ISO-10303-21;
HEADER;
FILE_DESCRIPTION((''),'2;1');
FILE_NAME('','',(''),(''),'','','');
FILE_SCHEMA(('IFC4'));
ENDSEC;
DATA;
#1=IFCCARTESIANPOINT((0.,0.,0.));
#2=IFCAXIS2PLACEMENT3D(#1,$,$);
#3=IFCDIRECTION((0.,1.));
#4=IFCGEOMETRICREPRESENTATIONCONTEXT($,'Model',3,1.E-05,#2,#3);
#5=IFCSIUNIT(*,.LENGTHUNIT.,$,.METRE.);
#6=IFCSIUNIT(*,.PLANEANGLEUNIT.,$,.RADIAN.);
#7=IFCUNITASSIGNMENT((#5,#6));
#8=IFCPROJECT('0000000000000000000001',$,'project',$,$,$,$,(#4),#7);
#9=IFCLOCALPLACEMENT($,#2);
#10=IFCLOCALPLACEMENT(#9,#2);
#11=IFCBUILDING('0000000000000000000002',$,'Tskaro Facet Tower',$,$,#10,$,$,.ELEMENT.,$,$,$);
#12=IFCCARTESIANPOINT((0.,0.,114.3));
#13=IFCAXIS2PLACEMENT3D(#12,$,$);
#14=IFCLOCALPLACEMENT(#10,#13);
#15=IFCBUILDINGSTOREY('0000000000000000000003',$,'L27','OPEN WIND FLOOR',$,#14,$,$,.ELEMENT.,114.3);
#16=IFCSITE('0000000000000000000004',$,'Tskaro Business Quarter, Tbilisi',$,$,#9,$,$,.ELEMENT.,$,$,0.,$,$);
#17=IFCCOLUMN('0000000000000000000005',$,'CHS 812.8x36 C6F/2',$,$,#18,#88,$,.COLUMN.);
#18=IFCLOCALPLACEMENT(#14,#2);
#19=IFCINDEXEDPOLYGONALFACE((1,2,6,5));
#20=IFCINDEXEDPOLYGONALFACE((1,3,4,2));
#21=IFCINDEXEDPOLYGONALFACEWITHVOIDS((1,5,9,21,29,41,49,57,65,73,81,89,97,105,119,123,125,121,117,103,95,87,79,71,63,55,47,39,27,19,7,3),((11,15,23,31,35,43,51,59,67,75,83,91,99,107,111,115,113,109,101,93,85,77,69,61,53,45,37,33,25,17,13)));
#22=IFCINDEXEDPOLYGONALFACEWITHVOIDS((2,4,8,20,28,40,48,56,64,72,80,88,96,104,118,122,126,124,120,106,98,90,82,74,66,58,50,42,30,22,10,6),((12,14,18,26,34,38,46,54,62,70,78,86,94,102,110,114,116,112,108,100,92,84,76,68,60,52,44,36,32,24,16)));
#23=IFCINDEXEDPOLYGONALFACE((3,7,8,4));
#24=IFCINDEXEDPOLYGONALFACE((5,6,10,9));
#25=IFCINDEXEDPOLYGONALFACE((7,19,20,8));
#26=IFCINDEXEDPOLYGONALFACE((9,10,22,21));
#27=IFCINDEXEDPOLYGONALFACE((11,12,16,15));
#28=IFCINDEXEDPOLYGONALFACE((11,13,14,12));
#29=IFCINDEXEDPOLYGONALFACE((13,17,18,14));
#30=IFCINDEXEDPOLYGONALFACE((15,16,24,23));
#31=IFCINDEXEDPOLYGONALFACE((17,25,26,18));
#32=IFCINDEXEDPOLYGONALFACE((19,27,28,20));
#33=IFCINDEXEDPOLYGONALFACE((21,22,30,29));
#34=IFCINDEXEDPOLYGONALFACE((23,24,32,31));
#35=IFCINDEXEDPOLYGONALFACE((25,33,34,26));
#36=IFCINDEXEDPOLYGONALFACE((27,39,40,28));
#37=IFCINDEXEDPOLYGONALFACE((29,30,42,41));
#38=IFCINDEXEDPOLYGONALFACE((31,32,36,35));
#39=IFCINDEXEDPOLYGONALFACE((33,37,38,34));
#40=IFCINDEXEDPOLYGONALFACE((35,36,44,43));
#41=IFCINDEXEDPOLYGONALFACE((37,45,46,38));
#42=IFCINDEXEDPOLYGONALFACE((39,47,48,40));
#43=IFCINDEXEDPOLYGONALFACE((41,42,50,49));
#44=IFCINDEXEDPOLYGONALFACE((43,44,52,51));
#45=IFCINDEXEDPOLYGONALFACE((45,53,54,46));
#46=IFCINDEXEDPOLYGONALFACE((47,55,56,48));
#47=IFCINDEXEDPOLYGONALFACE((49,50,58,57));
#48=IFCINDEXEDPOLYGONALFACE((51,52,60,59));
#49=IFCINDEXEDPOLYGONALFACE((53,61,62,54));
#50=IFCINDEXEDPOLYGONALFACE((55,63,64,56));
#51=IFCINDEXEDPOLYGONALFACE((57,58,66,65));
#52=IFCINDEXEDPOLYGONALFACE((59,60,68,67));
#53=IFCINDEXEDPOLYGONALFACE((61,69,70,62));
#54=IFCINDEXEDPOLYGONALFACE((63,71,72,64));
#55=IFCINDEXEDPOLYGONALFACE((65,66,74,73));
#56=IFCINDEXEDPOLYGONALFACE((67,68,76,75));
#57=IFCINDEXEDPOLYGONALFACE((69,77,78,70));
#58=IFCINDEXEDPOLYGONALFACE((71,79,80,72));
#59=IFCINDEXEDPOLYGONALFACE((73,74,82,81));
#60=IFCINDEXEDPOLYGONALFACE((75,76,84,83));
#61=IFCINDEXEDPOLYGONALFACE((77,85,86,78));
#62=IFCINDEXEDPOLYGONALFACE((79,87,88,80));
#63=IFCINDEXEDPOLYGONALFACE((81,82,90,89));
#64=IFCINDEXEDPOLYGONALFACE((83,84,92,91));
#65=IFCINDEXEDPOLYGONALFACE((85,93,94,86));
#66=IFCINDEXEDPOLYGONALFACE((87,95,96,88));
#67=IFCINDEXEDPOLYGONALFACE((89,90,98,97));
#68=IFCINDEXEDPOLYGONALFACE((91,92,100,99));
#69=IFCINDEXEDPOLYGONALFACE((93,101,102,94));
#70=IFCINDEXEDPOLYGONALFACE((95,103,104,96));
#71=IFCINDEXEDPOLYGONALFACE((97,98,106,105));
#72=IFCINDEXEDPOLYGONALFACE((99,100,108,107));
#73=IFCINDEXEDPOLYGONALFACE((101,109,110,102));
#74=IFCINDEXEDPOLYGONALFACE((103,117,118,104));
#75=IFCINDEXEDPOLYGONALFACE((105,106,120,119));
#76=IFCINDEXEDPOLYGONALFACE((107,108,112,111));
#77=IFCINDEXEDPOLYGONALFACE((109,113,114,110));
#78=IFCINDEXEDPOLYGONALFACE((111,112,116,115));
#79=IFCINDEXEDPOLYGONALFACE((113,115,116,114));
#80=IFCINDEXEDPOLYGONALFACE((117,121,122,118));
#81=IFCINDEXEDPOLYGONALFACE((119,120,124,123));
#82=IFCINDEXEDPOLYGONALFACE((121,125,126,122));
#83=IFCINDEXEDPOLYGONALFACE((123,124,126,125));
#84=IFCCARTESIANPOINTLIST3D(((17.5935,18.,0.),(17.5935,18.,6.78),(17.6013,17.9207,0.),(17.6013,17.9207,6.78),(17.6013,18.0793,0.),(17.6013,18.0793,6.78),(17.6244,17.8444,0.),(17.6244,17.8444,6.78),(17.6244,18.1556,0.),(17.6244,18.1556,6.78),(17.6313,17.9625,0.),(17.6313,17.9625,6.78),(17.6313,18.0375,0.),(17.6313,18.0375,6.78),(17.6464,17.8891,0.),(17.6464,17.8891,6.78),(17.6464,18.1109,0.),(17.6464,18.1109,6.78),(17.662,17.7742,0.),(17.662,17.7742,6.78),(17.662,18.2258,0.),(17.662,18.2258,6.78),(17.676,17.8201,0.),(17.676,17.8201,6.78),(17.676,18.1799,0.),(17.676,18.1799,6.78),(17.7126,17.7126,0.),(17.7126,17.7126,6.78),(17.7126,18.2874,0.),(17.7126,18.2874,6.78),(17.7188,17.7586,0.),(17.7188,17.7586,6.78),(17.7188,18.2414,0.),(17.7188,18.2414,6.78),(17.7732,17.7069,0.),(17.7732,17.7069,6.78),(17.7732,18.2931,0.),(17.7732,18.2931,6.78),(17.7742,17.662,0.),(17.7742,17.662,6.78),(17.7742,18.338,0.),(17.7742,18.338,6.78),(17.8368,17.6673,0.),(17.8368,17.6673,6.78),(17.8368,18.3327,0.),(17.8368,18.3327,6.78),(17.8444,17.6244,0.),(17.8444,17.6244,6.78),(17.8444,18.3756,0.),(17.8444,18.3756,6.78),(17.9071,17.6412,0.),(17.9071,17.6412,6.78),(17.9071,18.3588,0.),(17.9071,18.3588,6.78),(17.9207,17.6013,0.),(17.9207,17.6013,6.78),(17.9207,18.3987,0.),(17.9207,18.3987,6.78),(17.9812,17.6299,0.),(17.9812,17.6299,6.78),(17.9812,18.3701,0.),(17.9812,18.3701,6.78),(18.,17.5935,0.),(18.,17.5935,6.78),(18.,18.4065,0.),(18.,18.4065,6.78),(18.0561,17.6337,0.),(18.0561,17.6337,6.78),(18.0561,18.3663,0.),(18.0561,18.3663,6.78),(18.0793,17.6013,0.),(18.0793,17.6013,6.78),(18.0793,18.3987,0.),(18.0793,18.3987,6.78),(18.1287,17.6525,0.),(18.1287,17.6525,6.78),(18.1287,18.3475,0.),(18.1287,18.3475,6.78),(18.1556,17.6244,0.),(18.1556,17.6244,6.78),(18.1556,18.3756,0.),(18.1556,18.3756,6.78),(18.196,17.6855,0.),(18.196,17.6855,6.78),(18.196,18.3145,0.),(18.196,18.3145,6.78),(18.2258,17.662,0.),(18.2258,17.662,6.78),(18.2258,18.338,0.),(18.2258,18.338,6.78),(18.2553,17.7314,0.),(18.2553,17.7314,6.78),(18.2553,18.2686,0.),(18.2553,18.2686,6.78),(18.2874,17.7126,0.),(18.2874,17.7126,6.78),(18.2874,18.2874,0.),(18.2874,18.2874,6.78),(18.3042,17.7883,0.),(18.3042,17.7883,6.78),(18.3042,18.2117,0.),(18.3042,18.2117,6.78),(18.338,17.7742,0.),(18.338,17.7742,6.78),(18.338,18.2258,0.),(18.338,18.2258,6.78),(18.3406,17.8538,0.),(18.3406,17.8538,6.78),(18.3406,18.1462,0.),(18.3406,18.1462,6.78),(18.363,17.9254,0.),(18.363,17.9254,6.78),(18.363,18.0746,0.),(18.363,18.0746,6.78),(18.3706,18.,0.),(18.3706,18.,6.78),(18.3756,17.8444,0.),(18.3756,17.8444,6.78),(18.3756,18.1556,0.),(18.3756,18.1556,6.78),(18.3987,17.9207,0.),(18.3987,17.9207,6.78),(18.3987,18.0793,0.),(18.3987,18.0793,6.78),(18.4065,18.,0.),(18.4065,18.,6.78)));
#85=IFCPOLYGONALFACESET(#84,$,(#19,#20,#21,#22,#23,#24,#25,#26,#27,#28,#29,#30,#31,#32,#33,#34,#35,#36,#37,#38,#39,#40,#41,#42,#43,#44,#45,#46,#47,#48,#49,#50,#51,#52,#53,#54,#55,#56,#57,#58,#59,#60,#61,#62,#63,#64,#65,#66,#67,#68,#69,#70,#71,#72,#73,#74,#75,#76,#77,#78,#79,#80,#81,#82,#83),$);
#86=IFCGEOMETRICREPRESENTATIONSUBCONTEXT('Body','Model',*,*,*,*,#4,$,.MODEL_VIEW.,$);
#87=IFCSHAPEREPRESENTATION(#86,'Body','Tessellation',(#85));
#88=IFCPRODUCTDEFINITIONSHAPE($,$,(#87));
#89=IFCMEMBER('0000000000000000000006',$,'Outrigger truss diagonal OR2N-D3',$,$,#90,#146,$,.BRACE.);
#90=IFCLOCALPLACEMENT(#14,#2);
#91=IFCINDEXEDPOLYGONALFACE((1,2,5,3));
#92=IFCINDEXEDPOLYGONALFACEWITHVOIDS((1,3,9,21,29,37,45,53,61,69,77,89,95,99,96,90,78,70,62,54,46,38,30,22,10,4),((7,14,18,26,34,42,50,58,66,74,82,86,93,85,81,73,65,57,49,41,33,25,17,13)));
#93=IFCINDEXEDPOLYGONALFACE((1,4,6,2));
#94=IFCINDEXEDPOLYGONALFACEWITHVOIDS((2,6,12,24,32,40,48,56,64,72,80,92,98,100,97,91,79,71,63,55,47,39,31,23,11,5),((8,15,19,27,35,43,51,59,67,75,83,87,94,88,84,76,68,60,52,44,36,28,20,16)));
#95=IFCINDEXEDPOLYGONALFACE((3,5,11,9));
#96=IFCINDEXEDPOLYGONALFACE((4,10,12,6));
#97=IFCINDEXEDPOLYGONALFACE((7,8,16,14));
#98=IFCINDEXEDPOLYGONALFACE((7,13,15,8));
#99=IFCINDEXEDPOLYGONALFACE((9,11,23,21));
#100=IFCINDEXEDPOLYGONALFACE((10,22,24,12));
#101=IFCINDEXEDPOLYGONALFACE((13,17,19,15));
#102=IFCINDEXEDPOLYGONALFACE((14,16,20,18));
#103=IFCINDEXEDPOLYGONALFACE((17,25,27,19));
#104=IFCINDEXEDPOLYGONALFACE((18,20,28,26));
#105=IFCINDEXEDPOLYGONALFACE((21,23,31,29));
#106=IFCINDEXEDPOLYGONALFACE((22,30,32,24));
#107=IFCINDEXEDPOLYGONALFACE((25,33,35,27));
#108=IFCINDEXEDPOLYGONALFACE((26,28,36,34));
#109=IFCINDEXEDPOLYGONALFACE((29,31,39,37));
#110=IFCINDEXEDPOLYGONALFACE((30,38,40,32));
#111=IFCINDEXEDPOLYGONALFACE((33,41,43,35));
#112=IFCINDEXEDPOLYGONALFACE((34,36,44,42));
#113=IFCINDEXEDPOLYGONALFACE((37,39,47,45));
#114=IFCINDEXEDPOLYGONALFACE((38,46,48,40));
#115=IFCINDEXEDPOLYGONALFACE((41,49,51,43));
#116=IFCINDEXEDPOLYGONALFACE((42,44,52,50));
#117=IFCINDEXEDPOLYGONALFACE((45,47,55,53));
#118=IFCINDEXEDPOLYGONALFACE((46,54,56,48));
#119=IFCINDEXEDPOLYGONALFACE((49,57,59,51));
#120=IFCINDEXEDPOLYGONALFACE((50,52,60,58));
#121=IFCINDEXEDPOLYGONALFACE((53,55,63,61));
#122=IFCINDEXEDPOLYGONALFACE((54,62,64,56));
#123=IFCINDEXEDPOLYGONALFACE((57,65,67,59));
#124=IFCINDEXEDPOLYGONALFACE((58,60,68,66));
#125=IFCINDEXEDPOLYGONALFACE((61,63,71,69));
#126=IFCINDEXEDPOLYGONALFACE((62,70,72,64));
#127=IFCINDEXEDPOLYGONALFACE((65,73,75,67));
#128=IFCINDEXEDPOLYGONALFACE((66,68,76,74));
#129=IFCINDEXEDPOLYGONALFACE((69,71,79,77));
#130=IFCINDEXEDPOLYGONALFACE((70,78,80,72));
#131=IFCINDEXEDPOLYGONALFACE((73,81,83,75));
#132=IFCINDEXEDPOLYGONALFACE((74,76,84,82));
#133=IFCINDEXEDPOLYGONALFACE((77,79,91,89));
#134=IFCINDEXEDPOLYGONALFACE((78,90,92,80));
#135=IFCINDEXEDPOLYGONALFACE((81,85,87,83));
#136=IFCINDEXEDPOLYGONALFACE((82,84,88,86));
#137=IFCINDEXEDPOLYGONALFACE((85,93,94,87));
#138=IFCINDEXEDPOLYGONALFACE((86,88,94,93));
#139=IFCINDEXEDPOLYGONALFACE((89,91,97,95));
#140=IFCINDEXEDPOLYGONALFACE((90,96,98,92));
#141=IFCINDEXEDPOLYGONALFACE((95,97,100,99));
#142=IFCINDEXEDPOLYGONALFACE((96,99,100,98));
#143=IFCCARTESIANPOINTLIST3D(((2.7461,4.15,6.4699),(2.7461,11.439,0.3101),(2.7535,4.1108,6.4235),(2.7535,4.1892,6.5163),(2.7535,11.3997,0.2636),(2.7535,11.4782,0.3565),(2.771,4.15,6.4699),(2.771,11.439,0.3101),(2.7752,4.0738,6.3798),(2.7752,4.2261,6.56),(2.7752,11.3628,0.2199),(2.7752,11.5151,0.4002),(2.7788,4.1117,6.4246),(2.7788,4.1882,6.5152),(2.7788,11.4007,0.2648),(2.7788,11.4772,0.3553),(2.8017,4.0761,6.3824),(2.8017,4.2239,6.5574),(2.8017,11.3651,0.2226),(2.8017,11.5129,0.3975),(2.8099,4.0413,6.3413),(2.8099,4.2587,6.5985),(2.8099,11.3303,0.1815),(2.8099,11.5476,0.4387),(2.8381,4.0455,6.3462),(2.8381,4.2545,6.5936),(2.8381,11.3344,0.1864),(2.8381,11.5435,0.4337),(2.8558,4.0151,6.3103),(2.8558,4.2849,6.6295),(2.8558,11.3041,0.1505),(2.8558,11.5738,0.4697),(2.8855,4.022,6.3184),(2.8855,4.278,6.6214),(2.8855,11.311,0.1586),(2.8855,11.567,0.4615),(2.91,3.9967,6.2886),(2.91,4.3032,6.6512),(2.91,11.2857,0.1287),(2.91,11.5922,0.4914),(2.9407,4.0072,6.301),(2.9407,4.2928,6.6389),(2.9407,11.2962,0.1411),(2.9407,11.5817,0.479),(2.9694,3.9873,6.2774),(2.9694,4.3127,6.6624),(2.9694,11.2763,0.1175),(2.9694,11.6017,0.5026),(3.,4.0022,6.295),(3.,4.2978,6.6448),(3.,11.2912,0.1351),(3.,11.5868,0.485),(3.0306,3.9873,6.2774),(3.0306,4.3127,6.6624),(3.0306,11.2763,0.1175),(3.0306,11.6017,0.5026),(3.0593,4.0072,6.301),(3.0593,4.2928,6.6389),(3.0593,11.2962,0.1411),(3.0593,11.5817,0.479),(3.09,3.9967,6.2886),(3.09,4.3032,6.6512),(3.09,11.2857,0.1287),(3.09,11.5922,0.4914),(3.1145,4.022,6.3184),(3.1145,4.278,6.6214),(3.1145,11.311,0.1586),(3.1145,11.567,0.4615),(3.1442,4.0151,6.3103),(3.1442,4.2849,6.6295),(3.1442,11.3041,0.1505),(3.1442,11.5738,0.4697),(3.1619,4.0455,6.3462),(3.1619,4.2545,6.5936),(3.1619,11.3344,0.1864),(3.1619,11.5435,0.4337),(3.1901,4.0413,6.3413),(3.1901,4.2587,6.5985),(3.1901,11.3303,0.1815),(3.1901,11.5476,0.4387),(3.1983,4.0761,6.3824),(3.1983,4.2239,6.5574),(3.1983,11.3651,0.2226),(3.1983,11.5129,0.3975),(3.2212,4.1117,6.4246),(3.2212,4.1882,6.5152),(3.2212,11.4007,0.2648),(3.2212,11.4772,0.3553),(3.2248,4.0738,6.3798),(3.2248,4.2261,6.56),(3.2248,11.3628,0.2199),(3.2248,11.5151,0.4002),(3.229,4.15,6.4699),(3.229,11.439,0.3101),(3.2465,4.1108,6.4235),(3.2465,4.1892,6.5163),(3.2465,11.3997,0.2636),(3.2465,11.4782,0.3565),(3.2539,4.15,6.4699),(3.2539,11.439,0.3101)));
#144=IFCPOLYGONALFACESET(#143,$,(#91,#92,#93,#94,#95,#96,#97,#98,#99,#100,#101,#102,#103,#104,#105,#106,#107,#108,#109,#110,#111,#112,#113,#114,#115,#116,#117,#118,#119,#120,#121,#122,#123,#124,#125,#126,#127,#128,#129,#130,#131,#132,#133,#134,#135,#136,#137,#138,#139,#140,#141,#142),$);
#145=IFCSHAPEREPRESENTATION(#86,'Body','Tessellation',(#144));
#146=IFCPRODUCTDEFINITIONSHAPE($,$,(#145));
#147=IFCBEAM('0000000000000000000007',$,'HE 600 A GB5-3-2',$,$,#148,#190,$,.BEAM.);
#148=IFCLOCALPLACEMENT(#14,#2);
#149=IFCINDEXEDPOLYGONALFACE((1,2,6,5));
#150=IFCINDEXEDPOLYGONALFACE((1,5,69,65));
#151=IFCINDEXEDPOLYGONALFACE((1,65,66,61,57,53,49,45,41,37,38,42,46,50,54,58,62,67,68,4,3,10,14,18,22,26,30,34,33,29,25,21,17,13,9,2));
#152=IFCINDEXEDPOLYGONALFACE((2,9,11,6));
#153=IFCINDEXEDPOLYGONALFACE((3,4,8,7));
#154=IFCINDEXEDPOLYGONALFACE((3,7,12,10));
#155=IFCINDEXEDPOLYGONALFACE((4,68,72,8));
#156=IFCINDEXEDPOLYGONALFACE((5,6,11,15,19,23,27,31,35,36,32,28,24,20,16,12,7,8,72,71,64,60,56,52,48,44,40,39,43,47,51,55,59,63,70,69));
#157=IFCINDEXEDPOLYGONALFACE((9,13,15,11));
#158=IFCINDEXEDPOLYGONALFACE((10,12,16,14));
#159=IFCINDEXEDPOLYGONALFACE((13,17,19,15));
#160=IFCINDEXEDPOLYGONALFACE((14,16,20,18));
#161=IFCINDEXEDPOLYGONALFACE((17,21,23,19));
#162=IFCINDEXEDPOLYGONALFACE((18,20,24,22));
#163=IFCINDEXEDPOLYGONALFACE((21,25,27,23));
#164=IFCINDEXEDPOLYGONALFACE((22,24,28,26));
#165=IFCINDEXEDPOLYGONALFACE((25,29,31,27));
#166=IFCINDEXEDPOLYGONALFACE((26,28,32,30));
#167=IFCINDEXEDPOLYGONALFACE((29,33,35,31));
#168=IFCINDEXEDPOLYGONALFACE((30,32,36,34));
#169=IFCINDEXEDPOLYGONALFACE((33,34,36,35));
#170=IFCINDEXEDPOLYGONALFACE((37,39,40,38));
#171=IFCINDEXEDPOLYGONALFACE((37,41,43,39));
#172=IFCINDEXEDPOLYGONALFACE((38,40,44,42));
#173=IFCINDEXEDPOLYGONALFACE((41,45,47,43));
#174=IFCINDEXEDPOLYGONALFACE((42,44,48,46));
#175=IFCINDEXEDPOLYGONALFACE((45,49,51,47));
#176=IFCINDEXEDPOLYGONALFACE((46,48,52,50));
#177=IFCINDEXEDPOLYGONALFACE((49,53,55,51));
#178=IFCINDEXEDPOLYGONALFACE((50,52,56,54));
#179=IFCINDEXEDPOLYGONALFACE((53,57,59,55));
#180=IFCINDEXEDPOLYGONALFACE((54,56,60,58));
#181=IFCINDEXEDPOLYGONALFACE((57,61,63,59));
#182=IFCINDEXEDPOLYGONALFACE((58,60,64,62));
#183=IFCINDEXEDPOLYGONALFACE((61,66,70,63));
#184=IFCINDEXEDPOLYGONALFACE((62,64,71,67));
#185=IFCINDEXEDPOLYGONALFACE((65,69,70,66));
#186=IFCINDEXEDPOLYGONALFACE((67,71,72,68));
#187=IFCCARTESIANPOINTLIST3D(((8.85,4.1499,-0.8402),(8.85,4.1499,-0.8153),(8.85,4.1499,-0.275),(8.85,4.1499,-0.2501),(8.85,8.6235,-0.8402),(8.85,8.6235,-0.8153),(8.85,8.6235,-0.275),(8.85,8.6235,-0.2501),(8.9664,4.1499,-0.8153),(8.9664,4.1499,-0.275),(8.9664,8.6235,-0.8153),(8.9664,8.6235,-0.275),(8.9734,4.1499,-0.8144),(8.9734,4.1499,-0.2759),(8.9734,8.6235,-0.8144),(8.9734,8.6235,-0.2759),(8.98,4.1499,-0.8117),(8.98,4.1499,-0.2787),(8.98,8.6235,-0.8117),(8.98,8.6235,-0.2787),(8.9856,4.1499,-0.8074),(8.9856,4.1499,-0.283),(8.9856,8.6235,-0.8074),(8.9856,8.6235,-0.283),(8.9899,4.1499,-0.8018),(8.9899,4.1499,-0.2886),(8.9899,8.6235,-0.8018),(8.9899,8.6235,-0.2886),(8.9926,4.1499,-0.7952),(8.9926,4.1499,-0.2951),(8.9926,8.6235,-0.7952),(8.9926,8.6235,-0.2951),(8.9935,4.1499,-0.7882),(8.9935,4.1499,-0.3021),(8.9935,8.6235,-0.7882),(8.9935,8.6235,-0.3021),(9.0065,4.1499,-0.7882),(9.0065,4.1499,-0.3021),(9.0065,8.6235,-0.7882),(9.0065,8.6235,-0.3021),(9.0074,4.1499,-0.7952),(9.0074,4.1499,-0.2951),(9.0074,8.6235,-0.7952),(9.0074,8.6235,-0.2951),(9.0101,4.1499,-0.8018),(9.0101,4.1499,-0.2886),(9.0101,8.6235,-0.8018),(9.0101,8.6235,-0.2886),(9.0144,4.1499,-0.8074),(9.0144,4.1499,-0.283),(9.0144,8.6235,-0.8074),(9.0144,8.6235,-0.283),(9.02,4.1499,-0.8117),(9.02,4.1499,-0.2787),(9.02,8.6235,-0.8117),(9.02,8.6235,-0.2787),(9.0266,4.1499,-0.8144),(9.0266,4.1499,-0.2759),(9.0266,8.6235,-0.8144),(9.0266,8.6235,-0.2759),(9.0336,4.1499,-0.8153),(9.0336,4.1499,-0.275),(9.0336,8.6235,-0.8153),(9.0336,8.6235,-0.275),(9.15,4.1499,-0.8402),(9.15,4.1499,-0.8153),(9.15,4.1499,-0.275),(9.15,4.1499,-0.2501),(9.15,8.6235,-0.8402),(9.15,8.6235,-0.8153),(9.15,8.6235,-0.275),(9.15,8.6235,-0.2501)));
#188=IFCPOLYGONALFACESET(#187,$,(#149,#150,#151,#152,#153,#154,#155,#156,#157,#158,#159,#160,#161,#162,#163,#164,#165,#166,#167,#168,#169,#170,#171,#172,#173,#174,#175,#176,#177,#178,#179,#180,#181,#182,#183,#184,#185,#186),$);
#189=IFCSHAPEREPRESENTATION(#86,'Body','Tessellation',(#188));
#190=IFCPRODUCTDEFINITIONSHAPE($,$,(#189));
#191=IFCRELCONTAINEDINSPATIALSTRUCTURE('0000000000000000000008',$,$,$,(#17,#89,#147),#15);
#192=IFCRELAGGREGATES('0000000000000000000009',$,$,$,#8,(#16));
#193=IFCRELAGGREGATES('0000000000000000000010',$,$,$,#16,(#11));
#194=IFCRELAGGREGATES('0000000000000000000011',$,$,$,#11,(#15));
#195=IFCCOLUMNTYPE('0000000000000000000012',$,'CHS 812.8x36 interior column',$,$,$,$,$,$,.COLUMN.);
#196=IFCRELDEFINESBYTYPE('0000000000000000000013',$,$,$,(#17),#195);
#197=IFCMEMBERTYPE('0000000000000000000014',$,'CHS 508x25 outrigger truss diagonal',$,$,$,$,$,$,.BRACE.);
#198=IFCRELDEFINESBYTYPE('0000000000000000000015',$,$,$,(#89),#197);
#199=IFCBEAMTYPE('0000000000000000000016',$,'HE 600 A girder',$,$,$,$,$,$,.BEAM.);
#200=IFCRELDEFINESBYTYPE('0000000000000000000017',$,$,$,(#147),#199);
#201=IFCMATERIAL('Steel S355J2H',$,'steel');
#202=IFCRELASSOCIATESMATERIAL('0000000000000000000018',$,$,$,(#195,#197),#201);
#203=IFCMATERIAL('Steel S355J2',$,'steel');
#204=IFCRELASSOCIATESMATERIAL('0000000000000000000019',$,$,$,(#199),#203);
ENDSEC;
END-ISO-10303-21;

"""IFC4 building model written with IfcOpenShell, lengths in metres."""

from ifc_helpers import new_model, si_unit, direction, frame, origin, origin_2d, place, context, subcontext, project, spatial, hollow_circle, i_section, extrude, material, material_profile, profile_set, type_object, element, save


model = new_model("IFC4")

# Units and contexts
model_context = context("Model", 3, precision=1e-05, world=origin(), true_north=direction((0.0, 1.0)))
body_context = subcontext(model_context, "Body", "Model", "MODEL_VIEW")
ifc_project = project(units=[si_unit("LENGTHUNIT", "METRE"), si_unit("PLANEANGLEUNIT", "RADIAN")], contexts=[model_context])

# Site, building, storey
site_placement = place(None, origin())
site = spatial("IfcSite", under=ifc_project, at=site_placement, Name="Tskaro Business Quarter, Tbilisi", CompositionType="ELEMENT", RefElevation=0.0)
building_placement = place(site_placement, origin())
building = spatial("IfcBuilding", under=site, at=building_placement, Name="Tskaro Facet Tower", CompositionType="ELEMENT")
storey_placement = place(building_placement, frame((0.0, 0.0, 114.3)))
storey = spatial("IfcBuildingStorey", under=building, at=storey_placement, Name="L27", Description="OPEN WIND FLOOR", CompositionType="ELEMENT", Elevation=114.3)

# Column
ifc_material_1 = material(Name="Steel S355J2H", Category="steel")
ifc_material_profile_1 = material_profile(ifc_material_1, hollow_circle(Radius=0.4065, WallThickness=0.0359, at=origin_2d()), Name="CHS 812.8x36")
ifc_profile_set_1 = profile_set([ifc_material_profile_1], Name="Steel S355J2H")
column_type = type_object("IfcColumnType", Name="CHS 812.8x36 interior column", PredefinedType="COLUMN", material=ifc_profile_set_1)
column_1_placement = place(storey_placement, frame((18.0, 18.0, 0.0), z_axis=(0.0, 0.0, 1.0), x_axis=(1.0, 0.0, 0.0)))
element("IfcColumn", 1, at=column_1_placement, inside=storey, type_object=column_type, Name="CHS 812.8x36 C6F/2", PredefinedType="COLUMN", context=body_context, shape_type="SweptSolid", body=[
    extrude(hollow_circle(Radius=0.4065, WallThickness=0.0359, at=origin_2d()), origin(), (0.0, 0.0, 1.0), 6.78),
])

# Member
ifc_material_profile_2 = material_profile(ifc_material_1, hollow_circle(Radius=0.2539, WallThickness=0.0249, at=origin_2d()), Name="CHS 508x25")
ifc_profile_set_2 = profile_set([ifc_material_profile_2], Name="Steel S355J2H")
member_type_1 = type_object("IfcMemberType", Name="CHS 508x25 outrigger truss diagonal", PredefinedType="BRACE", material=ifc_profile_set_2)
member_1_placement = place(storey_placement, frame((3.0, 11.439, 0.3101), z_axis=(0.0, -0.763787, 0.645468), x_axis=(1.0, 0.0, 0.0)))
element("IfcMember", 2, at=member_1_placement, inside=storey, type_object=member_type_1, Name="Outrigger truss diagonal OR2N-D3", PredefinedType="BRACE", context=body_context, shape_type="SweptSolid", body=[
    extrude(hollow_circle(Radius=0.2539, WallThickness=0.0249, at=origin_2d()), origin(), (0.0, 0.0, 1.0), 9.5432),
])

# Beam
ifc_material_2 = material(Name="Steel S355J2", Category="steel")
ifc_material_profile_3 = material_profile(ifc_material_2, i_section(OverallWidth=0.3, OverallDepth=0.5901, WebThickness=0.0129, FlangeThickness=0.0249, FilletRadius=0.0271, at=origin_2d()), Name="HE 600 A")
ifc_profile_set_3 = profile_set([ifc_material_profile_3], Name="Steel S355J2")
beam_type_1 = type_object("IfcBeamType", Name="HE 600 A girder", PredefinedType="BEAM", material=ifc_profile_set_3)
beam_1_placement = place(storey_placement, frame((9.0, 4.1499, -0.5452), z_axis=(0.0, 1.0, 0.0), x_axis=(-1.0, 0.0, 0.0)))
element("IfcBeam", 3, at=beam_1_placement, inside=storey, type_object=beam_type_1, Name="HE 600 A GB5-3-2", PredefinedType="BEAM", context=body_context, shape_type="SweptSolid", body=[
    extrude(i_section(OverallWidth=0.3, OverallDepth=0.5901, WebThickness=0.0129, FlangeThickness=0.0249, FilletRadius=0.0271, at=origin_2d()), origin(), (0.0, 0.0, 1.0), 4.4736),
])

save(model, "model.ifc")
